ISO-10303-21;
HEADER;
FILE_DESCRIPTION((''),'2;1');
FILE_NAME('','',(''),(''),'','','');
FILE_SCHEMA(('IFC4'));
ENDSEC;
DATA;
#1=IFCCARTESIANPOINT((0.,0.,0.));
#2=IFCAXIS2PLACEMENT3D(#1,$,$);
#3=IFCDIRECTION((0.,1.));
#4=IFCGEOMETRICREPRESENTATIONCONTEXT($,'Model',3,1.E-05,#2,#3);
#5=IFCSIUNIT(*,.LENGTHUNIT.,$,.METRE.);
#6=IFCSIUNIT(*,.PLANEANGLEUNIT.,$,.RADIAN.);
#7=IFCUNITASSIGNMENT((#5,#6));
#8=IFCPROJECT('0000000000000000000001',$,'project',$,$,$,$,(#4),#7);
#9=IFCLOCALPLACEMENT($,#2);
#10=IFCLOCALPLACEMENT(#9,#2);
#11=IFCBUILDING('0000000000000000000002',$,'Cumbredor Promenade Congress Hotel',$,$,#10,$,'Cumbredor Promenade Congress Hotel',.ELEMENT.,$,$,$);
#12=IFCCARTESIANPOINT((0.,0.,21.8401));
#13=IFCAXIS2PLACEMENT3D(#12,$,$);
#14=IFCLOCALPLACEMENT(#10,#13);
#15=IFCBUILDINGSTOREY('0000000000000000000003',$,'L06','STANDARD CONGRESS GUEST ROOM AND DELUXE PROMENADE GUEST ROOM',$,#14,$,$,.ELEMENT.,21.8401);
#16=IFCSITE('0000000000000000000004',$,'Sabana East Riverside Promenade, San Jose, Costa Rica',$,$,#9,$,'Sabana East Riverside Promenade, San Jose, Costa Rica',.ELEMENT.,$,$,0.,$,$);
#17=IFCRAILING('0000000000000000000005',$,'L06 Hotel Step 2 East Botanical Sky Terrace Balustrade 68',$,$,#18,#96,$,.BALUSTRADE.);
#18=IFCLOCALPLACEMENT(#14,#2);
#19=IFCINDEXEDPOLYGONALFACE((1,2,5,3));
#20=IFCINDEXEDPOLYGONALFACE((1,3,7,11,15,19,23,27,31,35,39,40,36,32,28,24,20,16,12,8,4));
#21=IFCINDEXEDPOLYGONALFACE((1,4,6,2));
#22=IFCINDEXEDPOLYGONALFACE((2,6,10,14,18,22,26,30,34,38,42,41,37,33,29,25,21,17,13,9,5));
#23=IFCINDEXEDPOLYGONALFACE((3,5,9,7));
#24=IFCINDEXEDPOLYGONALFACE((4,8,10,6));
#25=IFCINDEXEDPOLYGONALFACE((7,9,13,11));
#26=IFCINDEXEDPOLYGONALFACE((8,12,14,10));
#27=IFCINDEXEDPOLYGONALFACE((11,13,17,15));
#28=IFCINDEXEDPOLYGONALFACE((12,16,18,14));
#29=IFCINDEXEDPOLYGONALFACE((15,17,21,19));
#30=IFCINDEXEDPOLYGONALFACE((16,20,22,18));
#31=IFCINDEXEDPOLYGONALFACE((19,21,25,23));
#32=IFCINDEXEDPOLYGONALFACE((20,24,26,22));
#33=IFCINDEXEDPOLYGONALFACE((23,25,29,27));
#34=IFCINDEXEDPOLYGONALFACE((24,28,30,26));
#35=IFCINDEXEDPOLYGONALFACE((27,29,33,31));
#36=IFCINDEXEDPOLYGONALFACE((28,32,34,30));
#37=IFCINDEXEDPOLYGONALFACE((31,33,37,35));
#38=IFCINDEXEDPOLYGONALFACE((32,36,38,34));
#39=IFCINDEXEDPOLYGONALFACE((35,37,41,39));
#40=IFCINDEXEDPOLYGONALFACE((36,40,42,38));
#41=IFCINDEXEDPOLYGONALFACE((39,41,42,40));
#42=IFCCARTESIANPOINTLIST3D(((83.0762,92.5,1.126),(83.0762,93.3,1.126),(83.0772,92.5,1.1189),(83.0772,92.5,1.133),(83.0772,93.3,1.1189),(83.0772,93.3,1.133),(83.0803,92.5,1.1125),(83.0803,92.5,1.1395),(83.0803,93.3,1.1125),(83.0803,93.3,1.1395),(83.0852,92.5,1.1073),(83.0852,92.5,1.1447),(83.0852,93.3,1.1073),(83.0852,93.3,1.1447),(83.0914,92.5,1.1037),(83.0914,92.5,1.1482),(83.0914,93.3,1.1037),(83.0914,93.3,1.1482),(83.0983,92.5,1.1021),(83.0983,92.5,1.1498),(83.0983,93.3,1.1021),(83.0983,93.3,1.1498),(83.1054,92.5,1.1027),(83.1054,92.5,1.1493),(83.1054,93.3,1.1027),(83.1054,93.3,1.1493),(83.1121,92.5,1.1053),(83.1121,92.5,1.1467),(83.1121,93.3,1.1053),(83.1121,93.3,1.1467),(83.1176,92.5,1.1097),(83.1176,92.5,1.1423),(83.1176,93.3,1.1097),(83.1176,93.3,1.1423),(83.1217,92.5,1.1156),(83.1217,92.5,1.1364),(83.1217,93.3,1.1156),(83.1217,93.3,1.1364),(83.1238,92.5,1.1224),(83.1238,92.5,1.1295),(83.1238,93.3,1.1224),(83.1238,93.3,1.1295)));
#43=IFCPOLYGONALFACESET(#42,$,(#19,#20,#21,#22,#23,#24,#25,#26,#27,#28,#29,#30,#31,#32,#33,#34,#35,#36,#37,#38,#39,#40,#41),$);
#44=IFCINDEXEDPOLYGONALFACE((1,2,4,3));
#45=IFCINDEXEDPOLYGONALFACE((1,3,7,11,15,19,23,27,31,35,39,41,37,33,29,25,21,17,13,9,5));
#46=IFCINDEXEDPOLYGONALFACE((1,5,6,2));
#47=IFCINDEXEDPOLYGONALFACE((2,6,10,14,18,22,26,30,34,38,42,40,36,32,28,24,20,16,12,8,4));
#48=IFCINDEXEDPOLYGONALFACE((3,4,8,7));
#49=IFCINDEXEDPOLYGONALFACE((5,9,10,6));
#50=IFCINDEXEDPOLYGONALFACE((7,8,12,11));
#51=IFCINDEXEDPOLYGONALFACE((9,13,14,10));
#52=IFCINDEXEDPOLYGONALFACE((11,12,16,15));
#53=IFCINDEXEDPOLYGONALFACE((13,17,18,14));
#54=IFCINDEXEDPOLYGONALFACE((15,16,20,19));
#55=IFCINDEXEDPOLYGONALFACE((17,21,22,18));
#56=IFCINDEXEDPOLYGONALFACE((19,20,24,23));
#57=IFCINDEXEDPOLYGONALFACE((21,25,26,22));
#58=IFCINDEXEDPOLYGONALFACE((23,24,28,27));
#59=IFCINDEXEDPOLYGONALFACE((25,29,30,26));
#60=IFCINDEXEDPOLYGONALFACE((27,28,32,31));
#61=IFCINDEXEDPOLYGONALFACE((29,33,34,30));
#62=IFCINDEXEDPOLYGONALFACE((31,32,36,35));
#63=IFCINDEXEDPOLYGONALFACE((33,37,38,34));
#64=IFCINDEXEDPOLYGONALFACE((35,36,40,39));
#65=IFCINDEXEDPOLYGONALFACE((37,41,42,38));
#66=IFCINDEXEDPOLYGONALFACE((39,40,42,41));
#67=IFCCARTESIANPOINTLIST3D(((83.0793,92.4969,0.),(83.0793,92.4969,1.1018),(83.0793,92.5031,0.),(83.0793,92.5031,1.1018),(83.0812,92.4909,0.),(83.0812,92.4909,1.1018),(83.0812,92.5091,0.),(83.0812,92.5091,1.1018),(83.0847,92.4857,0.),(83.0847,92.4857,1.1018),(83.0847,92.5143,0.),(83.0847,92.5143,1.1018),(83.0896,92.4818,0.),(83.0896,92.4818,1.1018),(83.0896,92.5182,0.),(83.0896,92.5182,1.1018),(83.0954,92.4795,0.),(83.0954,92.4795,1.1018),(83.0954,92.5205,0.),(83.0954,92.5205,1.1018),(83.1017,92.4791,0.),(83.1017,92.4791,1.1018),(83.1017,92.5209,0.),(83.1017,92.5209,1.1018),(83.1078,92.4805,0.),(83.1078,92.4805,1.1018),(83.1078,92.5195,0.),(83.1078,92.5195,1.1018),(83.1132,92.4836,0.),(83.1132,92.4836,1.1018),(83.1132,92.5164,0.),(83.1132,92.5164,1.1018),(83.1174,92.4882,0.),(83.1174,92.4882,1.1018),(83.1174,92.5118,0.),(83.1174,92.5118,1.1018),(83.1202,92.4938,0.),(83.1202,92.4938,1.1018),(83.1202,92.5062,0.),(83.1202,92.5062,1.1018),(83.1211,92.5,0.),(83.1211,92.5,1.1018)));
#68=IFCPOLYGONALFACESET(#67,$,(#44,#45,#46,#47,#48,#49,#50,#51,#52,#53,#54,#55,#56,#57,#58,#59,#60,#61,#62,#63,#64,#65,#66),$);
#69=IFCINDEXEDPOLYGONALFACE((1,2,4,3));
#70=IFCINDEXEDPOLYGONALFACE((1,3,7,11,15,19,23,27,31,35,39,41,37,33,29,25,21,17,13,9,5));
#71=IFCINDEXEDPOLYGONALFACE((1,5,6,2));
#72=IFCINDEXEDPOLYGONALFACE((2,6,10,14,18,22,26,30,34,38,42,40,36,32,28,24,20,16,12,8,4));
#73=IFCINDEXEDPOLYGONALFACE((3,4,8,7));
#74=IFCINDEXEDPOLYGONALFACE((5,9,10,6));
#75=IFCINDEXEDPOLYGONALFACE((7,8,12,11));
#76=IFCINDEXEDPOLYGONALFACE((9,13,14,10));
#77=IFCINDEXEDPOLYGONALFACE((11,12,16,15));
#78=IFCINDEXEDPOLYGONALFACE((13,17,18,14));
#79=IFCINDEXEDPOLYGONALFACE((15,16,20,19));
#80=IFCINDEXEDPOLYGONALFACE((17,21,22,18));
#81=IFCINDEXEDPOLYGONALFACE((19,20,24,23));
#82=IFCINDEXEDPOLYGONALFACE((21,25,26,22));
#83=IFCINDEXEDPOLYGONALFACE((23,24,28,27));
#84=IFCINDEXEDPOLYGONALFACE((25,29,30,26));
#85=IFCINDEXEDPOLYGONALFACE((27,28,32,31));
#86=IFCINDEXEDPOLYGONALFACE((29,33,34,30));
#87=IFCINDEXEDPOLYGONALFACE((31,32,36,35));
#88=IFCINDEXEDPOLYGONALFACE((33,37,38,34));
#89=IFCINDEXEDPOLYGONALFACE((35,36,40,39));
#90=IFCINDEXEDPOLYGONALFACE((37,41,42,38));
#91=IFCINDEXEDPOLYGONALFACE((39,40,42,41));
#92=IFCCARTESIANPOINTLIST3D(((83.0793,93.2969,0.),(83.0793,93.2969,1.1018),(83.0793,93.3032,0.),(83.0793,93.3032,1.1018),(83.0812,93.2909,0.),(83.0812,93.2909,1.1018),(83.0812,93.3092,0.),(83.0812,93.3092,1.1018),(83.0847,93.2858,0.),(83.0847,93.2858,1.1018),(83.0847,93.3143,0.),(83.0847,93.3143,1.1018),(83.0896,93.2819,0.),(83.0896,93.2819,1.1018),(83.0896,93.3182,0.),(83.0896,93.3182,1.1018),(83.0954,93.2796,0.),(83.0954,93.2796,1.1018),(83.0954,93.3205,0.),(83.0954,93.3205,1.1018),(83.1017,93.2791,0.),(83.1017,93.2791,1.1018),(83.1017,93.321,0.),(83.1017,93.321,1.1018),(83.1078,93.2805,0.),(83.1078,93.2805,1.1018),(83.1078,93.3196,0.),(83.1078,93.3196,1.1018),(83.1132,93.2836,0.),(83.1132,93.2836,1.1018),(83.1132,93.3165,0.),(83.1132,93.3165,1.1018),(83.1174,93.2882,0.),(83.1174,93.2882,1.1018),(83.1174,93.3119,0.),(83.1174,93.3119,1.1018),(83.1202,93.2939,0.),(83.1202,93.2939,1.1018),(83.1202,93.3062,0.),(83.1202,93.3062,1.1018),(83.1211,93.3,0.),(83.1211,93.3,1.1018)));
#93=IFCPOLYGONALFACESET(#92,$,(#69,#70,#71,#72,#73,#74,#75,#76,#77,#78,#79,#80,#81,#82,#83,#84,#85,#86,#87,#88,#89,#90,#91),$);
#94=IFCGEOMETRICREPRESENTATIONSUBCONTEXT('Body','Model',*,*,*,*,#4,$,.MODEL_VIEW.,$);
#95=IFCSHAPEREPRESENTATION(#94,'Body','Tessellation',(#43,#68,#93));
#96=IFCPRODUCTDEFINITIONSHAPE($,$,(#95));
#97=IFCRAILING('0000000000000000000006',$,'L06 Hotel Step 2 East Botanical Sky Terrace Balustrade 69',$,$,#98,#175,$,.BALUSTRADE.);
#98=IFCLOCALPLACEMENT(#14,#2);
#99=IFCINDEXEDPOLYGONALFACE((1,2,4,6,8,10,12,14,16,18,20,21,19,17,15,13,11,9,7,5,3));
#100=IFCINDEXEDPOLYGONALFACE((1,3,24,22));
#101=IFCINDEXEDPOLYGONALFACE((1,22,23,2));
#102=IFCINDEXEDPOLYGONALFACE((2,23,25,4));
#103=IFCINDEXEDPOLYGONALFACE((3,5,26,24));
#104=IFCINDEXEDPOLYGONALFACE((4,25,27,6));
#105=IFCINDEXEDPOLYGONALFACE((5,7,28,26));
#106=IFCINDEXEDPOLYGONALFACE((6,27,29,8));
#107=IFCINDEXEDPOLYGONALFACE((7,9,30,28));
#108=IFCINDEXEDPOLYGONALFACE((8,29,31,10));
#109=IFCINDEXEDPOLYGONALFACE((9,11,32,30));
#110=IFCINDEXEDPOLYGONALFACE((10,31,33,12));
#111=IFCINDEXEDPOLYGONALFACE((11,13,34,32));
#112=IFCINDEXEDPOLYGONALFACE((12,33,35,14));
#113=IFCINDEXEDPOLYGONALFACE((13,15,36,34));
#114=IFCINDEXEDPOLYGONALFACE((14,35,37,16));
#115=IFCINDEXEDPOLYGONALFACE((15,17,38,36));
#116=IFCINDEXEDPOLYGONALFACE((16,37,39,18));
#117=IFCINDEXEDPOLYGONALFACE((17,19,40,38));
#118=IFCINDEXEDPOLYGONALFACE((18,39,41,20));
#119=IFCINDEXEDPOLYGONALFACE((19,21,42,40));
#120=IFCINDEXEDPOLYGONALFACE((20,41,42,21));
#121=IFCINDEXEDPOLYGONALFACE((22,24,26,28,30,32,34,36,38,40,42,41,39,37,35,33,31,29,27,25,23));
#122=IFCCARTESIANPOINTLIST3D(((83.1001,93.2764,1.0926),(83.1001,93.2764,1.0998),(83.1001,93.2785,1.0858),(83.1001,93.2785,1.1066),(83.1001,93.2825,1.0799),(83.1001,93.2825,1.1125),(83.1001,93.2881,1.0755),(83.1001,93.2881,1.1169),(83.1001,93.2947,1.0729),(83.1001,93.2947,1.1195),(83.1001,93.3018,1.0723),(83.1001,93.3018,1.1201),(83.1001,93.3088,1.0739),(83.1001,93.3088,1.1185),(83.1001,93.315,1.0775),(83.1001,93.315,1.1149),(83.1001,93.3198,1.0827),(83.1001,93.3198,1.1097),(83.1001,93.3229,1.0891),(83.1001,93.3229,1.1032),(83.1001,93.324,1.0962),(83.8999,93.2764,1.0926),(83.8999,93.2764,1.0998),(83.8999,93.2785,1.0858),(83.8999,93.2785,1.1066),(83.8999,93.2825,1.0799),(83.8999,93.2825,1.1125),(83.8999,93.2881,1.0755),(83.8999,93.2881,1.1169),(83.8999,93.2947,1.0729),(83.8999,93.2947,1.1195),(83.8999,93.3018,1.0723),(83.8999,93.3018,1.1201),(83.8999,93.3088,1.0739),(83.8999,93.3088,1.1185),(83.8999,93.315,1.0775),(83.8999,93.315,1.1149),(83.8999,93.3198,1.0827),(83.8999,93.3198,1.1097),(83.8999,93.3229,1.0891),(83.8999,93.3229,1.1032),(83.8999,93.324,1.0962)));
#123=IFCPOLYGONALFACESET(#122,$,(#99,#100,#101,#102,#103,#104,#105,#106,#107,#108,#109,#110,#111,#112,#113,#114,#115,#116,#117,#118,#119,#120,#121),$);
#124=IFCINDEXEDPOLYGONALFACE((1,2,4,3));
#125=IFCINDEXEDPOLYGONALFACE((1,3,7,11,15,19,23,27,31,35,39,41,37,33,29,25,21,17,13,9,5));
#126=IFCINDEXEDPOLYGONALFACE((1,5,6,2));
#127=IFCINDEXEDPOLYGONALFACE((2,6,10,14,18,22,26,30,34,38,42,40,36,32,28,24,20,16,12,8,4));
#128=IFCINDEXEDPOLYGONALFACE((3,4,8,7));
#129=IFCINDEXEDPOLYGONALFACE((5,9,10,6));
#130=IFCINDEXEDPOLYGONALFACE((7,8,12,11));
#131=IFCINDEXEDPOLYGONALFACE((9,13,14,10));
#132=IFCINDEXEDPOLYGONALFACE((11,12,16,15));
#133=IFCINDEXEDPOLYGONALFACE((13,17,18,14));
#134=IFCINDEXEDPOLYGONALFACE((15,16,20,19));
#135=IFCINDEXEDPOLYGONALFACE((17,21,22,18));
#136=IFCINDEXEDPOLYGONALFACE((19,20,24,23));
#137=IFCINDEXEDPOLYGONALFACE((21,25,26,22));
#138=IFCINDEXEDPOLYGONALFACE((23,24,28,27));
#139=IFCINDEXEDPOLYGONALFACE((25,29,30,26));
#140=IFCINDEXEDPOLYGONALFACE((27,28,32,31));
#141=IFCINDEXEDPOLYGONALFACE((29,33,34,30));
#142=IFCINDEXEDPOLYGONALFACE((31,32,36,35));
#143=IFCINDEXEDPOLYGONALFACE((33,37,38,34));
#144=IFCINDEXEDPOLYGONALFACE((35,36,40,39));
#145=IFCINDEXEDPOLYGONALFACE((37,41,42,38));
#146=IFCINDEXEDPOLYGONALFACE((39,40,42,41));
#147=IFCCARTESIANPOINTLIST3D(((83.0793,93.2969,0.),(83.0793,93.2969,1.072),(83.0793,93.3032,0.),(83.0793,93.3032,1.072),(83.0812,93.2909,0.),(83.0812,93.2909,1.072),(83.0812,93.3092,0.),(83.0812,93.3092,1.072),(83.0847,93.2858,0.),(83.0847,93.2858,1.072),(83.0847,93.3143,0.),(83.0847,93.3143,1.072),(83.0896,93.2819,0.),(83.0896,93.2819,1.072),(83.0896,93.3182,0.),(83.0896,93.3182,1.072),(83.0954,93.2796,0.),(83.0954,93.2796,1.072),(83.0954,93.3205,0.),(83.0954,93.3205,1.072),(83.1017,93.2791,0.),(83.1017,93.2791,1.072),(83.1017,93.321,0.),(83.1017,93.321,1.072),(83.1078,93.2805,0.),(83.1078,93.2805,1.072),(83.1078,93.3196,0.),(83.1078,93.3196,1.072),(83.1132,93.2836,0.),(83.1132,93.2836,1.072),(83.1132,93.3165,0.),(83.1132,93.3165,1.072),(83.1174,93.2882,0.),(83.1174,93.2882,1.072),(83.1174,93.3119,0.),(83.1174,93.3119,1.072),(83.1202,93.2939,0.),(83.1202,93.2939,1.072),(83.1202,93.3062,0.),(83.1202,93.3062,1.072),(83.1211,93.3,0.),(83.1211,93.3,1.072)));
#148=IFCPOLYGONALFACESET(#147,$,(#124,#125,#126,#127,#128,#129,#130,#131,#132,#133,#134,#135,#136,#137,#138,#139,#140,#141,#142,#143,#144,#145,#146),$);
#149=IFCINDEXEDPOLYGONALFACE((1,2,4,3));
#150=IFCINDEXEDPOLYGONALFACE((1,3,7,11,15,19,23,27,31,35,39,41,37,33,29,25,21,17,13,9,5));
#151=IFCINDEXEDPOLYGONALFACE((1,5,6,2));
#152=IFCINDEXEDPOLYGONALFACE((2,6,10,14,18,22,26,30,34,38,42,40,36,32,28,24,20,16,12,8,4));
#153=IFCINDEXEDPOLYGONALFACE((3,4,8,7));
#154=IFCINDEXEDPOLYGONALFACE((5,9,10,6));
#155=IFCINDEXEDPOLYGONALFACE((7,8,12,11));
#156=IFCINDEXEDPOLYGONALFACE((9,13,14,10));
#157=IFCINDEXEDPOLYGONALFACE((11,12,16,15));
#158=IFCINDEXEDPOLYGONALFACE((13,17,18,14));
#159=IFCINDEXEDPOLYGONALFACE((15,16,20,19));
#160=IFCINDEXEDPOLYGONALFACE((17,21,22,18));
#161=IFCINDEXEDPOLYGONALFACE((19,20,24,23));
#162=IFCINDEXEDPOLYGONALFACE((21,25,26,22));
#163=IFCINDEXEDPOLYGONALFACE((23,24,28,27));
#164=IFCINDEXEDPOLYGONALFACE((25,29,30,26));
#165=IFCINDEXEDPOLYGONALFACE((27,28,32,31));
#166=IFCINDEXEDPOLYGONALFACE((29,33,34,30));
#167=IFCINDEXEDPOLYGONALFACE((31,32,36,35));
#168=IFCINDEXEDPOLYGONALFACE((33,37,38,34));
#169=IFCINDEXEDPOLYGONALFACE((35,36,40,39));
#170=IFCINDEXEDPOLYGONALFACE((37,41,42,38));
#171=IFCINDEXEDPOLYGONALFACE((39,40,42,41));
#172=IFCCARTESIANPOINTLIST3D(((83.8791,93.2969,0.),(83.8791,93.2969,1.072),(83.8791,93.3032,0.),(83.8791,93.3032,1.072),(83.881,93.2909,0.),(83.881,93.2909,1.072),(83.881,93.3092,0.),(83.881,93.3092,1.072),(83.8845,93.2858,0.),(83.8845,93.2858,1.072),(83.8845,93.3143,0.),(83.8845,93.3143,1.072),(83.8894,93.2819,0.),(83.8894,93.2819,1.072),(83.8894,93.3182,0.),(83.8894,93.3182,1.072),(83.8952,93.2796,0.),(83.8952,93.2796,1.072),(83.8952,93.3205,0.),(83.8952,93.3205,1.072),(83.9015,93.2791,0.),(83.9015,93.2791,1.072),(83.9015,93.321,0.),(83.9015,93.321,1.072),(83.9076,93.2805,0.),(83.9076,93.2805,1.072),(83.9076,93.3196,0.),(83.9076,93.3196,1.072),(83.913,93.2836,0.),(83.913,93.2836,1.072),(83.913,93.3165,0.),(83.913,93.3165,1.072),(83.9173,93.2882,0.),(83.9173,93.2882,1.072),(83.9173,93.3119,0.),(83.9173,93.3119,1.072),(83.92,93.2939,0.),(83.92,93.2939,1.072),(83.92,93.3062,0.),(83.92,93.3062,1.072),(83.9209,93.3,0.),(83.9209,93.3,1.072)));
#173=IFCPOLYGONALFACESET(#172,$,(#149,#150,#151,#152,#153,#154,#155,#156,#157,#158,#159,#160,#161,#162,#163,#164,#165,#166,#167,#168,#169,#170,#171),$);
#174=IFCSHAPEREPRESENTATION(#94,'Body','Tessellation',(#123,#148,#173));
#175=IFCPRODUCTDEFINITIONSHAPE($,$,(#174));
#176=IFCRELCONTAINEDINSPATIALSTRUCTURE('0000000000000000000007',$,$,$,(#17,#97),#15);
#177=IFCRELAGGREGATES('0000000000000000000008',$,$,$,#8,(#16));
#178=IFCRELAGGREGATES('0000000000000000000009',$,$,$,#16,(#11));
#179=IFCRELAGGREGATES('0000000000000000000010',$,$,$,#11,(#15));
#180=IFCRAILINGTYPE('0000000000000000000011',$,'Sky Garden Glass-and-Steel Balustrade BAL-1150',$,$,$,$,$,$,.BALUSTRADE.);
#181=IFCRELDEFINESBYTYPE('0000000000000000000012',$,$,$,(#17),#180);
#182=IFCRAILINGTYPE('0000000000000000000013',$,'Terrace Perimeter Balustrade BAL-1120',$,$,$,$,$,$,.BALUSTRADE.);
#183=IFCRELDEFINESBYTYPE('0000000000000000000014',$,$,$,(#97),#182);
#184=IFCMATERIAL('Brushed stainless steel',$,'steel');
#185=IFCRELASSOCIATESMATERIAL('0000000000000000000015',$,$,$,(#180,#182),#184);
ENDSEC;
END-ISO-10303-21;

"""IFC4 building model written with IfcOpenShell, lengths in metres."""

from ifc_helpers import new_model, si_unit, direction, frame, origin, origin_2d, place, context, subcontext, project, spatial, circle, extrude, material, type_object, element, save


model = new_model("IFC4")

# Units and contexts
model_context = context("Model", 3, precision=1e-05, world=origin(), true_north=direction((0.0, 1.0)))
body_context = subcontext(model_context, "Body", "Model", "MODEL_VIEW")
ifc_project = project(units=[si_unit("LENGTHUNIT", "METRE"), si_unit("PLANEANGLEUNIT", "RADIAN")], contexts=[model_context])

# Site, building, storey
site_placement = place(None, origin())
site = spatial("IfcSite", under=ifc_project, at=site_placement, Name="Sabana East Riverside Promenade, San Jose, Costa Rica", LongName="Sabana East Riverside Promenade, San Jose, Costa Rica", CompositionType="ELEMENT", RefElevation=0.0)
building_placement = place(site_placement, origin())
building = spatial("IfcBuilding", under=site, at=building_placement, Name="Cumbredor Promenade Congress Hotel", LongName="Cumbredor Promenade Congress Hotel", CompositionType="ELEMENT")
storey_placement = place(building_placement, frame((0.0, 0.0, 21.8401)))
storey = spatial("IfcBuildingStorey", under=building, at=storey_placement, Name="L06", Description="STANDARD CONGRESS GUEST ROOM AND DELUXE PROMENADE GUEST ROOM", CompositionType="ELEMENT", Elevation=21.8401)

# Railings
ifc_material_1 = material(Name="Brushed stainless steel", Category="steel")
railing_type_1 = type_object("IfcRailingType", Name="Sky Garden Glass-and-Steel Balustrade BAL-1150", PredefinedType="BALUSTRADE", material=ifc_material_1)
railing_1_placement = place(storey_placement, frame((83.1001, 92.5, 0.0)))
element("IfcRailing", 1, at=railing_1_placement, inside=storey, type_object=railing_type_1, Name="L06 Hotel Step 2 East Botanical Sky Terrace Balustrade 68", PredefinedType="BALUSTRADE", context=body_context, shape_type="SweptSolid", body=[
    extrude(circle(Radius=0.0239, at=origin_2d()), frame((0.0, 0.0, 1.126), z_axis=(0.0, 1.0, 0.0), x_axis=(-1.0, 0.0, 0.0)), (0.0, 0.0, 1.0), 0.8),
    extrude(circle(Radius=0.021, at=origin_2d()), origin(), (0.0, 0.0, 1.0), 1.1018),
    extrude(circle(Radius=0.021, at=origin_2d()), frame((0.0, 0.8, 0.0)), (0.0, 0.0, 1.0), 1.1018),
])
railing_type_2 = type_object("IfcRailingType", Name="Terrace Perimeter Balustrade BAL-1120", PredefinedType="BALUSTRADE", material=ifc_material_1)
railing_2_placement = place(storey_placement, frame((83.1001, 93.3, 0.0)))
element("IfcRailing", 2, at=railing_2_placement, inside=storey, type_object=railing_type_2, Name="L06 Hotel Step 2 East Botanical Sky Terrace Balustrade 69", PredefinedType="BALUSTRADE", context=body_context, shape_type="SweptSolid", body=[
    extrude(circle(Radius=0.0239, at=origin_2d()), frame((0.0, 0.0, 1.0962), z_axis=(1.0, 0.0, 0.0), x_axis=(0.0, 1.0, 0.0)), (0.0, 0.0, 1.0), 0.7998),
    extrude(circle(Radius=0.021, at=origin_2d()), origin(), (0.0, 0.0, 1.0), 1.072),
    extrude(circle(Radius=0.021, at=origin_2d()), frame((0.7998, 0.0, 0.0)), (0.0, 0.0, 1.0), 1.072),
])

save(model, "model.ifc")
